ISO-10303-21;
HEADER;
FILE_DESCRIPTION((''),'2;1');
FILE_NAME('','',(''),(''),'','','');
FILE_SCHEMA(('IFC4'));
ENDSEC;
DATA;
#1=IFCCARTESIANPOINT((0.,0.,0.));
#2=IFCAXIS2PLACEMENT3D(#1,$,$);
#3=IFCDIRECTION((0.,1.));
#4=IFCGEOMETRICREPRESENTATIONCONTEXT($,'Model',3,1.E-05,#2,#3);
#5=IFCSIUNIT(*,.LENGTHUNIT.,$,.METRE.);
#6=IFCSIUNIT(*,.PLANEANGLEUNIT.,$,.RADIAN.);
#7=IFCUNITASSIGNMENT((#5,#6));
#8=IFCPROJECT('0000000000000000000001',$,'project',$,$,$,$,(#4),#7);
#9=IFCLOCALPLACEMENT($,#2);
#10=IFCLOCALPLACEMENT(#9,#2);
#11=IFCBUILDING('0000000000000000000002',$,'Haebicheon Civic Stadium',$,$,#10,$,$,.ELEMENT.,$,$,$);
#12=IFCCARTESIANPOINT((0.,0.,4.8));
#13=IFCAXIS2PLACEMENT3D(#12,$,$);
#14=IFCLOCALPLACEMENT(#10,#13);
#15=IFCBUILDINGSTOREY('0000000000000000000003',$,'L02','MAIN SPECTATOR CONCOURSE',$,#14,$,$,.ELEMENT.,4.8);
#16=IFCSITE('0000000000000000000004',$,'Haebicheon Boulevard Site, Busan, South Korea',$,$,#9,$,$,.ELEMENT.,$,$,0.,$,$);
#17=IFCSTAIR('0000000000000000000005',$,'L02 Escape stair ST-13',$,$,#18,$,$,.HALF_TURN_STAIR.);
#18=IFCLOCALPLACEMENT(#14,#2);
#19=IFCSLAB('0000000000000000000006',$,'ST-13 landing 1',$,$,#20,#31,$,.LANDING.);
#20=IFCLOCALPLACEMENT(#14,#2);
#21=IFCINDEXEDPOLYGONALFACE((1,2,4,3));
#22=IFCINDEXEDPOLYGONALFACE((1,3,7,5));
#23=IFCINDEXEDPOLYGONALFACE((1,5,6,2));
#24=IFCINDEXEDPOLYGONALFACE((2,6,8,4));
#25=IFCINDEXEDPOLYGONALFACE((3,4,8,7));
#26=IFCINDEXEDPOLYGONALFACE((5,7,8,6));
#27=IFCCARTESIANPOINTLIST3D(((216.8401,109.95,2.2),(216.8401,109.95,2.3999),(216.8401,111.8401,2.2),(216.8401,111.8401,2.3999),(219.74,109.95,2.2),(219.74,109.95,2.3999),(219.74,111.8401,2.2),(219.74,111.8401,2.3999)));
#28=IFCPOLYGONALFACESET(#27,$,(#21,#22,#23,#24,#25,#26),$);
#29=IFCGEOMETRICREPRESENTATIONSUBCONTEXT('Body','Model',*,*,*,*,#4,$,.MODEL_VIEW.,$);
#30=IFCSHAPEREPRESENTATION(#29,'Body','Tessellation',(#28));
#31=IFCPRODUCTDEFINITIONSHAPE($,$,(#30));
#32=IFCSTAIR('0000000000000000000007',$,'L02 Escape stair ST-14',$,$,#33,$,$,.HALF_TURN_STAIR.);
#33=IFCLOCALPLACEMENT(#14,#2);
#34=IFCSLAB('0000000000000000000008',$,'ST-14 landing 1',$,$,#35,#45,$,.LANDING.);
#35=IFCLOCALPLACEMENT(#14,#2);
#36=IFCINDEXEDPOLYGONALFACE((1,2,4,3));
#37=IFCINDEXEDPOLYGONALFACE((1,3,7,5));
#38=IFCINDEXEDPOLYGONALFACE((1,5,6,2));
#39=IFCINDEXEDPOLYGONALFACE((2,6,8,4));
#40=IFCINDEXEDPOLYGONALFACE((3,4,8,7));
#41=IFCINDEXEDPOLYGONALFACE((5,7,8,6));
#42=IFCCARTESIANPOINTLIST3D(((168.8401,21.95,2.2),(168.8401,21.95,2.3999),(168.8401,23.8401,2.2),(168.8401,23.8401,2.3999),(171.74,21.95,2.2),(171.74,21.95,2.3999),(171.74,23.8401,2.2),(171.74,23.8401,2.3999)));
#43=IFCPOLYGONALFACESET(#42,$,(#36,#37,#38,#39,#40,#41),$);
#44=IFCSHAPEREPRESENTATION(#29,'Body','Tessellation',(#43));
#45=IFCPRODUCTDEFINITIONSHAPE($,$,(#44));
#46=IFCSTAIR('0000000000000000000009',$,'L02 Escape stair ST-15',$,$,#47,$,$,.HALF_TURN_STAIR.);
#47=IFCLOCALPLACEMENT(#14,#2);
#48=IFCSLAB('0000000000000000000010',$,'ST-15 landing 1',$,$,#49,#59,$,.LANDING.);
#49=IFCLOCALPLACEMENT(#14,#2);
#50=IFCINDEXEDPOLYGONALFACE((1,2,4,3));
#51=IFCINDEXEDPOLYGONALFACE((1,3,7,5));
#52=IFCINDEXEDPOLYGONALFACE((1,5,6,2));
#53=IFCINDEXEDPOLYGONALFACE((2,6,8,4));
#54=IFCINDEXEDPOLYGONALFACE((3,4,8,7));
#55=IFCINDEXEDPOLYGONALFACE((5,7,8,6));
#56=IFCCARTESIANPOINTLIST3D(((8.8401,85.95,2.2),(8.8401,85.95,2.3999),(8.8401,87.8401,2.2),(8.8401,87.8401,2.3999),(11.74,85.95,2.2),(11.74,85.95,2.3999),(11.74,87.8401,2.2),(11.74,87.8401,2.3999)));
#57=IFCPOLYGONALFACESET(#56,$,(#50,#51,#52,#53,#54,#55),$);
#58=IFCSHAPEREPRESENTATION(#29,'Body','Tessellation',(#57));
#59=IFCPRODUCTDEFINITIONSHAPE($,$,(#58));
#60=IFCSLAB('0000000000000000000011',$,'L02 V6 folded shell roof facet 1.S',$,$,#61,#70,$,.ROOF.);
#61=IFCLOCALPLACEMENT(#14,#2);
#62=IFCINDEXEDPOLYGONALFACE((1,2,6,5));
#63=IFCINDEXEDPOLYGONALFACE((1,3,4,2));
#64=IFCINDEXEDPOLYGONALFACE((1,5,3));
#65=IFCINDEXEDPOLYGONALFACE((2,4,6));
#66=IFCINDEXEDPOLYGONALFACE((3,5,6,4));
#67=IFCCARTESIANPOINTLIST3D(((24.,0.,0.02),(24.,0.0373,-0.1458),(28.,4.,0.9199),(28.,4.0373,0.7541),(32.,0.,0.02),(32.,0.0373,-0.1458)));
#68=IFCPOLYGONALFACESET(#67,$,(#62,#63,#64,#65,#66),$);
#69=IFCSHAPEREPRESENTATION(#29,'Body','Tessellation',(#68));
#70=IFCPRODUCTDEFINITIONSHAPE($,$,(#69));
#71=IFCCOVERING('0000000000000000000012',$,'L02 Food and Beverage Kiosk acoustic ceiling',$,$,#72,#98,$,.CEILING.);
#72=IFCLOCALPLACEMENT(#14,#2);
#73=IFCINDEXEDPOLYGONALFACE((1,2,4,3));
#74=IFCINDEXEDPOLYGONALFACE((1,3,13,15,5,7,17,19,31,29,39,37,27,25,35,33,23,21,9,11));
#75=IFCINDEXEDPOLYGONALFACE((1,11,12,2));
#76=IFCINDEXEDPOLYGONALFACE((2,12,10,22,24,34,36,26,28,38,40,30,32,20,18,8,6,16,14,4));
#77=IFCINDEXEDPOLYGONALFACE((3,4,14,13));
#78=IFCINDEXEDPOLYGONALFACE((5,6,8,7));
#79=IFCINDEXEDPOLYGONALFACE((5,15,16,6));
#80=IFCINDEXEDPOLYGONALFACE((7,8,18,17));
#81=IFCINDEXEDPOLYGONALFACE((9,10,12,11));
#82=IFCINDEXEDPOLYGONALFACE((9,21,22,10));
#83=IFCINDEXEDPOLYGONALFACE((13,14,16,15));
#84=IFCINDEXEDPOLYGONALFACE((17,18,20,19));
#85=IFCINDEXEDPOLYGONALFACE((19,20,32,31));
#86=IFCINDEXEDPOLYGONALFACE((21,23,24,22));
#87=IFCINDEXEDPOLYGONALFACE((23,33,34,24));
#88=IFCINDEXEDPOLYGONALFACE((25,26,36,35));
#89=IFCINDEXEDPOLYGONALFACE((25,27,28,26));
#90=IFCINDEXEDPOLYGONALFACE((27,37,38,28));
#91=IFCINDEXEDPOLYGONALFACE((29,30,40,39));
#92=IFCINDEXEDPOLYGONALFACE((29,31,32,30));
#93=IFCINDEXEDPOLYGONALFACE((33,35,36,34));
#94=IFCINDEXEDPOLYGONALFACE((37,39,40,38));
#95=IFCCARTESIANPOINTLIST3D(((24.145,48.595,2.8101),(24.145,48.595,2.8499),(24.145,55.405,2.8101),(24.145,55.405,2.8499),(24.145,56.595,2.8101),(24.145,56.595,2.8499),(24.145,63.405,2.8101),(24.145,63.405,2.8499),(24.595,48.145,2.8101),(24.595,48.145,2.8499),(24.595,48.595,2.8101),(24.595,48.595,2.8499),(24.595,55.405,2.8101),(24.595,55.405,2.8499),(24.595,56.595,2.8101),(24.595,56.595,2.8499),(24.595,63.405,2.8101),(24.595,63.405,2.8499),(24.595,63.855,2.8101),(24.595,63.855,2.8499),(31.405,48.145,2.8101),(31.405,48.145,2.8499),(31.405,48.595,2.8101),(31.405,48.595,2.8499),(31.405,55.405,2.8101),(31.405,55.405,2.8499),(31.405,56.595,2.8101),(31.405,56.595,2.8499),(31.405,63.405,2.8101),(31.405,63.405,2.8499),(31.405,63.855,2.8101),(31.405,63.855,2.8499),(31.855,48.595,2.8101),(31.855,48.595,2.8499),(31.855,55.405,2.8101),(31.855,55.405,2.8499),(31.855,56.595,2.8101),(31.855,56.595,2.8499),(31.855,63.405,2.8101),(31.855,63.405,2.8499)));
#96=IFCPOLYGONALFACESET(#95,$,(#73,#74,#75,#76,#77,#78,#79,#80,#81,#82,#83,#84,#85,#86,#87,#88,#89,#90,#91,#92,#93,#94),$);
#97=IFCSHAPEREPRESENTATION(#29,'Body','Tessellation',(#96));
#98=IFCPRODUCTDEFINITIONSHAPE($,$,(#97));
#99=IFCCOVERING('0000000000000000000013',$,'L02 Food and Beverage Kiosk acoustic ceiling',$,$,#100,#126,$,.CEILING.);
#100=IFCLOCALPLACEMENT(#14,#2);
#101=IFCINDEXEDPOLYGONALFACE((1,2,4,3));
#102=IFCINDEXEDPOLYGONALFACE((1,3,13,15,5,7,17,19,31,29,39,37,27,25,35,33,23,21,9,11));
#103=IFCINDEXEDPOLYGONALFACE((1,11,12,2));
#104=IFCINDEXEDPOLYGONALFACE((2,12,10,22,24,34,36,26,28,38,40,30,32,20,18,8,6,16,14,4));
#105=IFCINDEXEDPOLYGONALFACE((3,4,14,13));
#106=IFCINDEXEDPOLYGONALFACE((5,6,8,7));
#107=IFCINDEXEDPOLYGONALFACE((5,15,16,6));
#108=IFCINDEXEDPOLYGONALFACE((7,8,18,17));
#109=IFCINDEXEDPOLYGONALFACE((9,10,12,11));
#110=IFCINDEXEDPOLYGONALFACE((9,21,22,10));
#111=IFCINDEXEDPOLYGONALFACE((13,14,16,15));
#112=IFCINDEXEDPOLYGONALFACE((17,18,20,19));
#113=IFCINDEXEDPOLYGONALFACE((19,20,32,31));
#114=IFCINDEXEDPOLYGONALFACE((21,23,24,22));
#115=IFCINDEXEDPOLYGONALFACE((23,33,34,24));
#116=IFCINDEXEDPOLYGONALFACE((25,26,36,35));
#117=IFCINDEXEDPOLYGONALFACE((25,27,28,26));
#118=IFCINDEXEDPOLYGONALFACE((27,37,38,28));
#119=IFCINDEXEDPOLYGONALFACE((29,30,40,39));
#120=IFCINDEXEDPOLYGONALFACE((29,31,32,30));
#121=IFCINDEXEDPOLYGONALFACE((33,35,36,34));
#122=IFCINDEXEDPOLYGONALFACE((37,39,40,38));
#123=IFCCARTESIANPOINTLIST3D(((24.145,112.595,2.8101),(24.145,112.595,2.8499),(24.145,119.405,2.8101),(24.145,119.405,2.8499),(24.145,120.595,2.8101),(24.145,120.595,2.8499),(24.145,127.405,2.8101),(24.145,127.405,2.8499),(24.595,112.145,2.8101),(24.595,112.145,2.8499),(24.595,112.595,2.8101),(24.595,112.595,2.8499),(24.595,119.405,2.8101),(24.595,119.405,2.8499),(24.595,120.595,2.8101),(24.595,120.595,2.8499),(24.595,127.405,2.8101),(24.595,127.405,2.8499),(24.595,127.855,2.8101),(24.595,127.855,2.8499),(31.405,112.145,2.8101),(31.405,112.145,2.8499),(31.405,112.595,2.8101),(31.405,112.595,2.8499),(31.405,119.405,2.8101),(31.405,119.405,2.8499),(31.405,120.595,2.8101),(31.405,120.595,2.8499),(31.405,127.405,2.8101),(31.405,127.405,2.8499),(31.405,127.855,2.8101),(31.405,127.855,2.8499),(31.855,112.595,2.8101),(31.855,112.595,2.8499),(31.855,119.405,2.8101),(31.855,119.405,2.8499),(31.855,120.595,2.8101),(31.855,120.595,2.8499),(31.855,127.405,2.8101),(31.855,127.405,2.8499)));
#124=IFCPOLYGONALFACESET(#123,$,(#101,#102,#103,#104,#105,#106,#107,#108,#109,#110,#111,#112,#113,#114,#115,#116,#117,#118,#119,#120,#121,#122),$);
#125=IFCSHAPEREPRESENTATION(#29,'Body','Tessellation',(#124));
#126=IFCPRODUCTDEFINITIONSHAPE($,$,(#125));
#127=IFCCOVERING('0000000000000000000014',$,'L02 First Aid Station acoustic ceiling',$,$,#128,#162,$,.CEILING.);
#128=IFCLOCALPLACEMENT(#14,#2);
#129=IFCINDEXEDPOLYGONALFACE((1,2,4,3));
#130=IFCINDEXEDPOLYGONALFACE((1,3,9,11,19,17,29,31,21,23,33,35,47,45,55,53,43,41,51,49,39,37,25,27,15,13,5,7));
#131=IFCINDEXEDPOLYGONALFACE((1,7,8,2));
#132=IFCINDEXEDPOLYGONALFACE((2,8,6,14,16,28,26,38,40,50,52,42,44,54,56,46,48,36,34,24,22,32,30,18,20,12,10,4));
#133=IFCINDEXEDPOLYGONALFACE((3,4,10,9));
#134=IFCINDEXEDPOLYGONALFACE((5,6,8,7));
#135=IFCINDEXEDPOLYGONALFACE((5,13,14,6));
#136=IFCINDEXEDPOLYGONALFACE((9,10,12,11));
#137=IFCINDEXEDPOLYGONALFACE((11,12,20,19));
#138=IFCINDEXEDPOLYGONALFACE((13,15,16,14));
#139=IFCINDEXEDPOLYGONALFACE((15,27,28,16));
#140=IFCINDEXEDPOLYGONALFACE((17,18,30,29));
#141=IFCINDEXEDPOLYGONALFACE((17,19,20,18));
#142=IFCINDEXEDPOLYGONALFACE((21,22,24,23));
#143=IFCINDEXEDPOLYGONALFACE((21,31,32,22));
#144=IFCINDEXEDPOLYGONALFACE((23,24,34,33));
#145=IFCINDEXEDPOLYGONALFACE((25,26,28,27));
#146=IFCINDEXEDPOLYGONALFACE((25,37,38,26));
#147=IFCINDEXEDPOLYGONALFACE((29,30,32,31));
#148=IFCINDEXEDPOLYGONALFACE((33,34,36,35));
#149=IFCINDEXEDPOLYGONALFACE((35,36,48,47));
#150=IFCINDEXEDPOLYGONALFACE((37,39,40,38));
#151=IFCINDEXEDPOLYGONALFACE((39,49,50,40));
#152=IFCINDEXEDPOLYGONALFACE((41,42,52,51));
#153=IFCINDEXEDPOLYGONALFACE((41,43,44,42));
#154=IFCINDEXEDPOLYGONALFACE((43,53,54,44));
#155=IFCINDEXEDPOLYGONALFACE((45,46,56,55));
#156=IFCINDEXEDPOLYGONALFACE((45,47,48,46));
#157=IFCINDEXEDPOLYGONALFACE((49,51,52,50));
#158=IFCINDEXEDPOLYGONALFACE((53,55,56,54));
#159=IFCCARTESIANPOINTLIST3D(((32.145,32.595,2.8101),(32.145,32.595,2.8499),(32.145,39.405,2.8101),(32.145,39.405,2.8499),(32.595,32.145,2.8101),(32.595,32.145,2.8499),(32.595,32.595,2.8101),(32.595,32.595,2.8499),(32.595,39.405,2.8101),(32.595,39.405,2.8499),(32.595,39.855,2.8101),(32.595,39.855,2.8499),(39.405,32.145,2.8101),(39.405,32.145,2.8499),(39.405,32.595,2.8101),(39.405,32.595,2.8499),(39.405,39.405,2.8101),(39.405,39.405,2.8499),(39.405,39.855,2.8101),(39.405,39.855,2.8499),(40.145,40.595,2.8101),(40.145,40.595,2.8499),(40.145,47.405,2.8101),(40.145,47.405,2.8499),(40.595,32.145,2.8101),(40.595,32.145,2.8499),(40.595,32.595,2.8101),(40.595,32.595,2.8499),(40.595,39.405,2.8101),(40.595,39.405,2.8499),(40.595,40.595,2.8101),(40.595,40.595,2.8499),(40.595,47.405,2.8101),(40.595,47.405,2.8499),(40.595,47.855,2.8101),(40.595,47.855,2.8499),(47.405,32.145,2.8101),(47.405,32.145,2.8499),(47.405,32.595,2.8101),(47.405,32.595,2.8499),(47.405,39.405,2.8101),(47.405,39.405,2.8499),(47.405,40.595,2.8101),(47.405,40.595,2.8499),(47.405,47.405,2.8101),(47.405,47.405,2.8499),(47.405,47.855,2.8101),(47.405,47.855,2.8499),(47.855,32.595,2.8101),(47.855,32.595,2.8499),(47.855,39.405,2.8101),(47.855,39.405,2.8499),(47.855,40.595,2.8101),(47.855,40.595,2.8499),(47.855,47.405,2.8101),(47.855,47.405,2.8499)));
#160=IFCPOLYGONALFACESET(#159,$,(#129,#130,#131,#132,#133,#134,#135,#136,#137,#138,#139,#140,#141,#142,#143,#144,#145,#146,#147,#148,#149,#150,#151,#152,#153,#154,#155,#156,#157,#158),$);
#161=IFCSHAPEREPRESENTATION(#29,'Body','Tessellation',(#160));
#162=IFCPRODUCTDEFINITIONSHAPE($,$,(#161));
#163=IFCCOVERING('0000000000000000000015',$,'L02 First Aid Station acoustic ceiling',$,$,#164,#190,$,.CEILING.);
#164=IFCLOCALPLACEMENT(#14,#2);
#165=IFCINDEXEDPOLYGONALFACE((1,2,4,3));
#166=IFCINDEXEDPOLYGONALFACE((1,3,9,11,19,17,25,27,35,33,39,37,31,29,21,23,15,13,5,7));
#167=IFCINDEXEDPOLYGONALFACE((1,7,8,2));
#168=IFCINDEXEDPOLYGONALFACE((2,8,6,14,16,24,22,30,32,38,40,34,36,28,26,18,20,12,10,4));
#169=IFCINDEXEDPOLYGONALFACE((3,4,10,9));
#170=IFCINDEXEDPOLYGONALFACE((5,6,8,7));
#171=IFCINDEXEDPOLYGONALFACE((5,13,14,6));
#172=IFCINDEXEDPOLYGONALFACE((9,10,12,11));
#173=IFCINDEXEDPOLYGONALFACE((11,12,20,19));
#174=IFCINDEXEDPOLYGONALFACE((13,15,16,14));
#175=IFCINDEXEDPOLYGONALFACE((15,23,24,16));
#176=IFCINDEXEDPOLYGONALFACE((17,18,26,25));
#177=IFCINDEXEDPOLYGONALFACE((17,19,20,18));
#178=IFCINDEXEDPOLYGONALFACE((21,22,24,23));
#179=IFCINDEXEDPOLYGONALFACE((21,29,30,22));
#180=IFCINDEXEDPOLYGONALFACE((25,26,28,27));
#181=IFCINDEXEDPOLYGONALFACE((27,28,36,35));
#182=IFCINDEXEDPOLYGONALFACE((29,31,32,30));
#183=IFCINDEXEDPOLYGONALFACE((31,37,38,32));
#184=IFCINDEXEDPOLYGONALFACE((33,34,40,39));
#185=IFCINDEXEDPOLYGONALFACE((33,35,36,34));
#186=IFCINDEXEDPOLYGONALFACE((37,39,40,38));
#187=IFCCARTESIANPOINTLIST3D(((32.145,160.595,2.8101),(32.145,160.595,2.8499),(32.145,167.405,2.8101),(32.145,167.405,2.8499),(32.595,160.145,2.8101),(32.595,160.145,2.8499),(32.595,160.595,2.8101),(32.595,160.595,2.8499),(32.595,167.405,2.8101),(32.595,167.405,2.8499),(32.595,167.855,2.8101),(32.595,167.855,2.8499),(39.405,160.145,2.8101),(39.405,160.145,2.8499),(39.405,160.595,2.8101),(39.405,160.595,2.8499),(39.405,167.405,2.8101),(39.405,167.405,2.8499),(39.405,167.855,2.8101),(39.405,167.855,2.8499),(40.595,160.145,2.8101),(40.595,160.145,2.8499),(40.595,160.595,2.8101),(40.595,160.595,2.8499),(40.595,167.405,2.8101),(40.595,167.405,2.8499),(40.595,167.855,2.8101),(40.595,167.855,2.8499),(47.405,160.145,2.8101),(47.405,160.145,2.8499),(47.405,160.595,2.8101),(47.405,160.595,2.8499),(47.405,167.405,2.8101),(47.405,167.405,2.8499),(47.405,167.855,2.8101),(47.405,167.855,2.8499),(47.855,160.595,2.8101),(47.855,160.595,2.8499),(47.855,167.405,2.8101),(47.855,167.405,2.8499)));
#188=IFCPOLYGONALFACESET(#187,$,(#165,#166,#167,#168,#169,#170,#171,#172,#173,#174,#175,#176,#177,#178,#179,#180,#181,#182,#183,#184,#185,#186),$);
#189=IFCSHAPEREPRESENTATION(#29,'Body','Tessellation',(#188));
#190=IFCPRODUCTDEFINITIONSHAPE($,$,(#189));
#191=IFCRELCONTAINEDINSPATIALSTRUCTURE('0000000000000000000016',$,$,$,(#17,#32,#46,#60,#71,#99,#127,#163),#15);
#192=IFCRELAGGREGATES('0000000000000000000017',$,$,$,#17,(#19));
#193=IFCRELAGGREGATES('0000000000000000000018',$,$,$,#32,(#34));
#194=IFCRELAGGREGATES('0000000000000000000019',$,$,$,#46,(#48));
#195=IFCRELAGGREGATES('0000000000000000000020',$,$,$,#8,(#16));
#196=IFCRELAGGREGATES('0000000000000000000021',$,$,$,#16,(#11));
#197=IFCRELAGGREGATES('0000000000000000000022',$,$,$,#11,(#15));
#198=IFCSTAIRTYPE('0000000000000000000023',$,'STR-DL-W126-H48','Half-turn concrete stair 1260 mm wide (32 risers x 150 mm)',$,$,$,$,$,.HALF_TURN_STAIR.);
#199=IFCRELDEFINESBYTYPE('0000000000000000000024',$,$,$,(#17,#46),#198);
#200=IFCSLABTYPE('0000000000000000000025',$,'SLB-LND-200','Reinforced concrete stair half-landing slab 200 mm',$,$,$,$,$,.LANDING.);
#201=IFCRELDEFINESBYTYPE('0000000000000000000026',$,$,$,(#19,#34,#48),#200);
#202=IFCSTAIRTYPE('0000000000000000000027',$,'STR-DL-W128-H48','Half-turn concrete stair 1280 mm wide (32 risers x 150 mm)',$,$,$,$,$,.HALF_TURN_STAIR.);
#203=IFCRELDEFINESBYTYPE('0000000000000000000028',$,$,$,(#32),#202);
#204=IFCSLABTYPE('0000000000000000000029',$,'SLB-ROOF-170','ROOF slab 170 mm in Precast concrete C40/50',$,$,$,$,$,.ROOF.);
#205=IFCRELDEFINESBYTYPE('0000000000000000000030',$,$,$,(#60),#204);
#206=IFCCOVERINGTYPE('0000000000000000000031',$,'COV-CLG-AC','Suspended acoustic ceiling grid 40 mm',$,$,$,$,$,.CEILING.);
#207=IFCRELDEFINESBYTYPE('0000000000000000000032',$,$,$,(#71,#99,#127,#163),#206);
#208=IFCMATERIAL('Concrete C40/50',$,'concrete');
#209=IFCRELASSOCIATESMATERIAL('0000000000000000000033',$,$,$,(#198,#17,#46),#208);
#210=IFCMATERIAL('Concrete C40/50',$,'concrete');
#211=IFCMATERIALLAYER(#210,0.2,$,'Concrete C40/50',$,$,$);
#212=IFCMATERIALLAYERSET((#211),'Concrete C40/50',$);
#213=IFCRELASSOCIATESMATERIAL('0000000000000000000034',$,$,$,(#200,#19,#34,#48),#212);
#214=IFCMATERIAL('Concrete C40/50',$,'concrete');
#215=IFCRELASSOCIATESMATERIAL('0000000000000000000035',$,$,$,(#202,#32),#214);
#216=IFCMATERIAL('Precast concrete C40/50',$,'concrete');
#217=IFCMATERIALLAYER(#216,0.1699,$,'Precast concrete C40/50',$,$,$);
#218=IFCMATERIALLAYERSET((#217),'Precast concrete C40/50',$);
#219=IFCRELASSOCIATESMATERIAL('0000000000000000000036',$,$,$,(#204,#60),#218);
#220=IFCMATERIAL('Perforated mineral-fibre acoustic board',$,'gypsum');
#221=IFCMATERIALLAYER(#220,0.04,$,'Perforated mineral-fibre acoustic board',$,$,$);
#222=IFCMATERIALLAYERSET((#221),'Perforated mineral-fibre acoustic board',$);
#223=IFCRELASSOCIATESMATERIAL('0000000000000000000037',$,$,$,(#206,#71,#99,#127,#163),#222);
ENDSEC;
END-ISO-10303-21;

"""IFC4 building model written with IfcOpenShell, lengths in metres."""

from ifc_helpers import new_model, si_unit, direction, frame, origin, place, context, subcontext, project, spatial, polyline, outline, extrude, material, layer, layer_set, type_object, element, aggregate, save


model = new_model("IFC4")

# Units and contexts
model_context = context("Model", 3, precision=1e-05, world=origin(), true_north=direction((0.0, 1.0)))
body_context = subcontext(model_context, "Body", "Model", "MODEL_VIEW")
ifc_project = project(units=[si_unit("LENGTHUNIT", "METRE"), si_unit("PLANEANGLEUNIT", "RADIAN")], contexts=[model_context])

# Site, building, storey
site_placement = place(None, origin())
site = spatial("IfcSite", under=ifc_project, at=site_placement, Name="Haebicheon Boulevard Site, Busan, South Korea", CompositionType="ELEMENT", RefElevation=0.0)
building_placement = place(site_placement, origin())
building = spatial("IfcBuilding", under=site, at=building_placement, Name="Haebicheon Civic Stadium", CompositionType="ELEMENT")
storey_placement = place(building_placement, frame((0.0, 0.0, 4.8)))
storey = spatial("IfcBuildingStorey", under=building, at=storey_placement, Name="L02", Description="MAIN SPECTATOR CONCOURSE", CompositionType="ELEMENT", Elevation=4.8)

# Stairs, slabs
ifc_material_1 = material(Name="Concrete C40/50", Category="concrete")
stair_type_1 = type_object("IfcStairType", Name="STR-DL-W126-H48", Description="Half-turn concrete stair 1260 mm wide (32 risers x 150 mm)", PredefinedType="HALF_TURN_STAIR", material=ifc_material_1)
stair_1_placement = place(storey_placement, origin())
stair_1 = element("IfcStair", 1, at=stair_1_placement, inside=storey, type_object=stair_type_1, material=ifc_material_1, Name="L02 Escape stair ST-13", PredefinedType="HALF_TURN_STAIR")
ifc_material_2 = material(Name="Concrete C40/50", Category="concrete")
ifc_layer_1 = layer(ifc_material_2, 0.2, Name="Concrete C40/50")
ifc_layer_set_1 = layer_set([ifc_layer_1], Name="Concrete C40/50")
slab_type_1 = type_object("IfcSlabType", Name="SLB-LND-200", Description="Reinforced concrete stair half-landing slab 200 mm", PredefinedType="LANDING", material=ifc_layer_set_1)
slab_1_placement = place(storey_placement, frame((0.0, 0.0, 2.2)))
slab_1 = element("IfcSlab", 2, at=slab_1_placement, type_object=slab_type_1, material=ifc_layer_set_1, Name="ST-13 landing 1", PredefinedType="LANDING", context=body_context, shape_type="SweptSolid", body=[
    extrude(outline(polyline([(219.74, 109.95), (219.74, 111.8401), (216.8401, 111.8401), (216.8401, 109.95), (219.74, 109.95)])), origin(), (0.0, 0.0, 1.0), 0.2),
])
aggregate(stair_1, [slab_1])
ifc_material_3 = material(Name="Concrete C40/50", Category="concrete")
stair_type_2 = type_object("IfcStairType", Name="STR-DL-W128-H48", Description="Half-turn concrete stair 1280 mm wide (32 risers x 150 mm)", PredefinedType="HALF_TURN_STAIR", material=ifc_material_3)
stair_2_placement = place(storey_placement, origin())
stair_2 = element("IfcStair", 3, at=stair_2_placement, inside=storey, type_object=stair_type_2, material=ifc_material_3, Name="L02 Escape stair ST-14", PredefinedType="HALF_TURN_STAIR")
slab_2_placement = place(storey_placement, frame((0.0, 0.0, 2.2)))
slab_2 = element("IfcSlab", 4, at=slab_2_placement, type_object=slab_type_1, material=ifc_layer_set_1, Name="ST-14 landing 1", PredefinedType="LANDING", context=body_context, shape_type="SweptSolid", body=[
    extrude(outline(polyline([(171.74, 21.95), (171.74, 23.8401), (168.8401, 23.8401), (168.8401, 21.95), (171.74, 21.95)])), origin(), (0.0, 0.0, 1.0), 0.2),
])
aggregate(stair_2, [slab_2])
stair_3_placement = place(storey_placement, origin())
stair_3 = element("IfcStair", 5, at=stair_3_placement, inside=storey, type_object=stair_type_1, material=ifc_material_1, Name="L02 Escape stair ST-15", PredefinedType="HALF_TURN_STAIR")
slab_3_placement = place(storey_placement, frame((0.0, 0.0, 2.2)))
slab_3 = element("IfcSlab", 6, at=slab_3_placement, type_object=slab_type_1, material=ifc_layer_set_1, Name="ST-15 landing 1", PredefinedType="LANDING", context=body_context, shape_type="SweptSolid", body=[
    extrude(outline(polyline([(11.74, 85.95), (11.74, 87.8401), (8.8401, 87.8401), (8.8401, 85.95), (11.74, 85.95)])), origin(), (0.0, 0.0, 1.0), 0.2),
])
aggregate(stair_3, [slab_3])

# Slab
ifc_material_4 = material(Name="Precast concrete C40/50", Category="concrete")
ifc_layer_2 = layer(ifc_material_4, 0.1699, Name="Precast concrete C40/50")
ifc_layer_set_2 = layer_set([ifc_layer_2], Name="Precast concrete C40/50")
slab_type_2 = type_object("IfcSlabType", Name="SLB-ROOF-170", Description="ROOF slab 170 mm in Precast concrete C40/50", PredefinedType="ROOF", material=ifc_layer_set_2)
slab_4_placement = place(storey_placement, frame((24.0, 0.0, 0.02), z_axis=(0.0, -0.21949, 0.975615), x_axis=(1.0, 0.0, 0.0)))
element("IfcSlab", 7, at=slab_4_placement, inside=storey, type_object=slab_type_2, material=ifc_layer_set_2, Name="L02 V6 folded shell roof facet 1.S", PredefinedType="ROOF", context=body_context, shape_type="SweptSolid", body=[
    extrude(outline(polyline([(0.0, 0.0), (8.0, 0.0), (4.0, 4.1), (0.0, 0.0)])), origin(), (0.0, 0.0, -1.0), 0.1699),
])

# Coverings
ifc_material_5 = material(Name="Perforated mineral-fibre acoustic board", Category="gypsum")
ifc_layer_3 = layer(ifc_material_5, 0.04, Name="Perforated mineral-fibre acoustic board")
ifc_layer_set_3 = layer_set([ifc_layer_3], Name="Perforated mineral-fibre acoustic board")
covering_type_1 = type_object("IfcCoveringType", Name="COV-CLG-AC", Description="Suspended acoustic ceiling grid 40 mm", PredefinedType="CEILING", material=ifc_layer_set_3)
covering_1_placement = place(storey_placement, frame((0.0, 0.0, 2.8101)))
element("IfcCovering", 8, at=covering_1_placement, inside=storey, type_object=covering_type_1, material=ifc_layer_set_3, Name="L02 Food and Beverage Kiosk acoustic ceiling", PredefinedType="CEILING", context=body_context, shape_type="SweptSolid", body=[
    extrude(outline(polyline([(24.595, 48.145), (24.595, 48.595), (24.145, 48.595), (24.145, 55.405), (24.595, 55.405), (24.595, 56.595), (24.145, 56.595), (24.145, 63.405), (24.595, 63.405), (24.595, 63.855), (31.405, 63.855), (31.405, 63.405), (31.855, 63.405), (31.855, 56.595), (31.405, 56.595), (31.405, 55.405), (31.855, 55.405), (31.855, 48.595), (31.405, 48.595), (31.405, 48.145), (24.595, 48.145)])), origin(), (0.0, 0.0, 1.0), 0.0398),
])
covering_2_placement = place(storey_placement, frame((0.0, 0.0, 2.8101)))
element("IfcCovering", 9, at=covering_2_placement, inside=storey, type_object=covering_type_1, material=ifc_layer_set_3, Name="L02 Food and Beverage Kiosk acoustic ceiling", PredefinedType="CEILING", context=body_context, shape_type="SweptSolid", body=[
    extrude(outline(polyline([(24.595, 112.145), (24.595, 112.595), (24.145, 112.595), (24.145, 119.405), (24.595, 119.405), (24.595, 120.595), (24.145, 120.595), (24.145, 127.405), (24.595, 127.405), (24.595, 127.855), (31.405, 127.855), (31.405, 127.405), (31.855, 127.405), (31.855, 120.595), (31.405, 120.595), (31.405, 119.405), (31.855, 119.405), (31.855, 112.595), (31.405, 112.595), (31.405, 112.145), (24.595, 112.145)])), origin(), (0.0, 0.0, 1.0), 0.0398),
])
covering_3_placement = place(storey_placement, frame((0.0, 0.0, 2.8101)))
element("IfcCovering", 10, at=covering_3_placement, inside=storey, type_object=covering_type_1, material=ifc_layer_set_3, Name="L02 First Aid Station acoustic ceiling", PredefinedType="CEILING", context=body_context, shape_type="SweptSolid", body=[
    extrude(outline(polyline([(32.145, 39.405), (32.595, 39.405), (32.595, 39.855), (39.405, 39.855), (39.405, 39.405), (40.595, 39.405), (40.595, 40.595), (40.145, 40.595), (40.145, 47.405), (40.595, 47.405), (40.595, 47.855), (47.405, 47.855), (47.405, 47.405), (47.855, 47.405), (47.855, 40.595), (47.405, 40.595), (47.405, 39.405), (47.855, 39.405), (47.855, 32.595), (47.405, 32.595), (47.405, 32.145), (40.595, 32.145), (40.595, 32.595), (39.405, 32.595), (39.405, 32.145), (32.595, 32.145), (32.595, 32.595), (32.145, 32.595), (32.145, 39.405)])), origin(), (0.0, 0.0, 1.0), 0.0398),
])
covering_4_placement = place(storey_placement, frame((0.0, 0.0, 2.8101)))
element("IfcCovering", 11, at=covering_4_placement, inside=storey, type_object=covering_type_1, material=ifc_layer_set_3, Name="L02 First Aid Station acoustic ceiling", PredefinedType="CEILING", context=body_context, shape_type="SweptSolid", body=[
    extrude(outline(polyline([(32.145, 167.405), (32.595, 167.405), (32.595, 167.855), (39.405, 167.855), (39.405, 167.405), (40.595, 167.405), (40.595, 167.855), (47.405, 167.855), (47.405, 167.405), (47.855, 167.405), (47.855, 160.595), (47.405, 160.595), (47.405, 160.145), (40.595, 160.145), (40.595, 160.595), (39.405, 160.595), (39.405, 160.145), (32.595, 160.145), (32.595, 160.595), (32.145, 160.595), (32.145, 167.405)])), origin(), (0.0, 0.0, 1.0), 0.0398),
])

save(model, "model.ifc")
